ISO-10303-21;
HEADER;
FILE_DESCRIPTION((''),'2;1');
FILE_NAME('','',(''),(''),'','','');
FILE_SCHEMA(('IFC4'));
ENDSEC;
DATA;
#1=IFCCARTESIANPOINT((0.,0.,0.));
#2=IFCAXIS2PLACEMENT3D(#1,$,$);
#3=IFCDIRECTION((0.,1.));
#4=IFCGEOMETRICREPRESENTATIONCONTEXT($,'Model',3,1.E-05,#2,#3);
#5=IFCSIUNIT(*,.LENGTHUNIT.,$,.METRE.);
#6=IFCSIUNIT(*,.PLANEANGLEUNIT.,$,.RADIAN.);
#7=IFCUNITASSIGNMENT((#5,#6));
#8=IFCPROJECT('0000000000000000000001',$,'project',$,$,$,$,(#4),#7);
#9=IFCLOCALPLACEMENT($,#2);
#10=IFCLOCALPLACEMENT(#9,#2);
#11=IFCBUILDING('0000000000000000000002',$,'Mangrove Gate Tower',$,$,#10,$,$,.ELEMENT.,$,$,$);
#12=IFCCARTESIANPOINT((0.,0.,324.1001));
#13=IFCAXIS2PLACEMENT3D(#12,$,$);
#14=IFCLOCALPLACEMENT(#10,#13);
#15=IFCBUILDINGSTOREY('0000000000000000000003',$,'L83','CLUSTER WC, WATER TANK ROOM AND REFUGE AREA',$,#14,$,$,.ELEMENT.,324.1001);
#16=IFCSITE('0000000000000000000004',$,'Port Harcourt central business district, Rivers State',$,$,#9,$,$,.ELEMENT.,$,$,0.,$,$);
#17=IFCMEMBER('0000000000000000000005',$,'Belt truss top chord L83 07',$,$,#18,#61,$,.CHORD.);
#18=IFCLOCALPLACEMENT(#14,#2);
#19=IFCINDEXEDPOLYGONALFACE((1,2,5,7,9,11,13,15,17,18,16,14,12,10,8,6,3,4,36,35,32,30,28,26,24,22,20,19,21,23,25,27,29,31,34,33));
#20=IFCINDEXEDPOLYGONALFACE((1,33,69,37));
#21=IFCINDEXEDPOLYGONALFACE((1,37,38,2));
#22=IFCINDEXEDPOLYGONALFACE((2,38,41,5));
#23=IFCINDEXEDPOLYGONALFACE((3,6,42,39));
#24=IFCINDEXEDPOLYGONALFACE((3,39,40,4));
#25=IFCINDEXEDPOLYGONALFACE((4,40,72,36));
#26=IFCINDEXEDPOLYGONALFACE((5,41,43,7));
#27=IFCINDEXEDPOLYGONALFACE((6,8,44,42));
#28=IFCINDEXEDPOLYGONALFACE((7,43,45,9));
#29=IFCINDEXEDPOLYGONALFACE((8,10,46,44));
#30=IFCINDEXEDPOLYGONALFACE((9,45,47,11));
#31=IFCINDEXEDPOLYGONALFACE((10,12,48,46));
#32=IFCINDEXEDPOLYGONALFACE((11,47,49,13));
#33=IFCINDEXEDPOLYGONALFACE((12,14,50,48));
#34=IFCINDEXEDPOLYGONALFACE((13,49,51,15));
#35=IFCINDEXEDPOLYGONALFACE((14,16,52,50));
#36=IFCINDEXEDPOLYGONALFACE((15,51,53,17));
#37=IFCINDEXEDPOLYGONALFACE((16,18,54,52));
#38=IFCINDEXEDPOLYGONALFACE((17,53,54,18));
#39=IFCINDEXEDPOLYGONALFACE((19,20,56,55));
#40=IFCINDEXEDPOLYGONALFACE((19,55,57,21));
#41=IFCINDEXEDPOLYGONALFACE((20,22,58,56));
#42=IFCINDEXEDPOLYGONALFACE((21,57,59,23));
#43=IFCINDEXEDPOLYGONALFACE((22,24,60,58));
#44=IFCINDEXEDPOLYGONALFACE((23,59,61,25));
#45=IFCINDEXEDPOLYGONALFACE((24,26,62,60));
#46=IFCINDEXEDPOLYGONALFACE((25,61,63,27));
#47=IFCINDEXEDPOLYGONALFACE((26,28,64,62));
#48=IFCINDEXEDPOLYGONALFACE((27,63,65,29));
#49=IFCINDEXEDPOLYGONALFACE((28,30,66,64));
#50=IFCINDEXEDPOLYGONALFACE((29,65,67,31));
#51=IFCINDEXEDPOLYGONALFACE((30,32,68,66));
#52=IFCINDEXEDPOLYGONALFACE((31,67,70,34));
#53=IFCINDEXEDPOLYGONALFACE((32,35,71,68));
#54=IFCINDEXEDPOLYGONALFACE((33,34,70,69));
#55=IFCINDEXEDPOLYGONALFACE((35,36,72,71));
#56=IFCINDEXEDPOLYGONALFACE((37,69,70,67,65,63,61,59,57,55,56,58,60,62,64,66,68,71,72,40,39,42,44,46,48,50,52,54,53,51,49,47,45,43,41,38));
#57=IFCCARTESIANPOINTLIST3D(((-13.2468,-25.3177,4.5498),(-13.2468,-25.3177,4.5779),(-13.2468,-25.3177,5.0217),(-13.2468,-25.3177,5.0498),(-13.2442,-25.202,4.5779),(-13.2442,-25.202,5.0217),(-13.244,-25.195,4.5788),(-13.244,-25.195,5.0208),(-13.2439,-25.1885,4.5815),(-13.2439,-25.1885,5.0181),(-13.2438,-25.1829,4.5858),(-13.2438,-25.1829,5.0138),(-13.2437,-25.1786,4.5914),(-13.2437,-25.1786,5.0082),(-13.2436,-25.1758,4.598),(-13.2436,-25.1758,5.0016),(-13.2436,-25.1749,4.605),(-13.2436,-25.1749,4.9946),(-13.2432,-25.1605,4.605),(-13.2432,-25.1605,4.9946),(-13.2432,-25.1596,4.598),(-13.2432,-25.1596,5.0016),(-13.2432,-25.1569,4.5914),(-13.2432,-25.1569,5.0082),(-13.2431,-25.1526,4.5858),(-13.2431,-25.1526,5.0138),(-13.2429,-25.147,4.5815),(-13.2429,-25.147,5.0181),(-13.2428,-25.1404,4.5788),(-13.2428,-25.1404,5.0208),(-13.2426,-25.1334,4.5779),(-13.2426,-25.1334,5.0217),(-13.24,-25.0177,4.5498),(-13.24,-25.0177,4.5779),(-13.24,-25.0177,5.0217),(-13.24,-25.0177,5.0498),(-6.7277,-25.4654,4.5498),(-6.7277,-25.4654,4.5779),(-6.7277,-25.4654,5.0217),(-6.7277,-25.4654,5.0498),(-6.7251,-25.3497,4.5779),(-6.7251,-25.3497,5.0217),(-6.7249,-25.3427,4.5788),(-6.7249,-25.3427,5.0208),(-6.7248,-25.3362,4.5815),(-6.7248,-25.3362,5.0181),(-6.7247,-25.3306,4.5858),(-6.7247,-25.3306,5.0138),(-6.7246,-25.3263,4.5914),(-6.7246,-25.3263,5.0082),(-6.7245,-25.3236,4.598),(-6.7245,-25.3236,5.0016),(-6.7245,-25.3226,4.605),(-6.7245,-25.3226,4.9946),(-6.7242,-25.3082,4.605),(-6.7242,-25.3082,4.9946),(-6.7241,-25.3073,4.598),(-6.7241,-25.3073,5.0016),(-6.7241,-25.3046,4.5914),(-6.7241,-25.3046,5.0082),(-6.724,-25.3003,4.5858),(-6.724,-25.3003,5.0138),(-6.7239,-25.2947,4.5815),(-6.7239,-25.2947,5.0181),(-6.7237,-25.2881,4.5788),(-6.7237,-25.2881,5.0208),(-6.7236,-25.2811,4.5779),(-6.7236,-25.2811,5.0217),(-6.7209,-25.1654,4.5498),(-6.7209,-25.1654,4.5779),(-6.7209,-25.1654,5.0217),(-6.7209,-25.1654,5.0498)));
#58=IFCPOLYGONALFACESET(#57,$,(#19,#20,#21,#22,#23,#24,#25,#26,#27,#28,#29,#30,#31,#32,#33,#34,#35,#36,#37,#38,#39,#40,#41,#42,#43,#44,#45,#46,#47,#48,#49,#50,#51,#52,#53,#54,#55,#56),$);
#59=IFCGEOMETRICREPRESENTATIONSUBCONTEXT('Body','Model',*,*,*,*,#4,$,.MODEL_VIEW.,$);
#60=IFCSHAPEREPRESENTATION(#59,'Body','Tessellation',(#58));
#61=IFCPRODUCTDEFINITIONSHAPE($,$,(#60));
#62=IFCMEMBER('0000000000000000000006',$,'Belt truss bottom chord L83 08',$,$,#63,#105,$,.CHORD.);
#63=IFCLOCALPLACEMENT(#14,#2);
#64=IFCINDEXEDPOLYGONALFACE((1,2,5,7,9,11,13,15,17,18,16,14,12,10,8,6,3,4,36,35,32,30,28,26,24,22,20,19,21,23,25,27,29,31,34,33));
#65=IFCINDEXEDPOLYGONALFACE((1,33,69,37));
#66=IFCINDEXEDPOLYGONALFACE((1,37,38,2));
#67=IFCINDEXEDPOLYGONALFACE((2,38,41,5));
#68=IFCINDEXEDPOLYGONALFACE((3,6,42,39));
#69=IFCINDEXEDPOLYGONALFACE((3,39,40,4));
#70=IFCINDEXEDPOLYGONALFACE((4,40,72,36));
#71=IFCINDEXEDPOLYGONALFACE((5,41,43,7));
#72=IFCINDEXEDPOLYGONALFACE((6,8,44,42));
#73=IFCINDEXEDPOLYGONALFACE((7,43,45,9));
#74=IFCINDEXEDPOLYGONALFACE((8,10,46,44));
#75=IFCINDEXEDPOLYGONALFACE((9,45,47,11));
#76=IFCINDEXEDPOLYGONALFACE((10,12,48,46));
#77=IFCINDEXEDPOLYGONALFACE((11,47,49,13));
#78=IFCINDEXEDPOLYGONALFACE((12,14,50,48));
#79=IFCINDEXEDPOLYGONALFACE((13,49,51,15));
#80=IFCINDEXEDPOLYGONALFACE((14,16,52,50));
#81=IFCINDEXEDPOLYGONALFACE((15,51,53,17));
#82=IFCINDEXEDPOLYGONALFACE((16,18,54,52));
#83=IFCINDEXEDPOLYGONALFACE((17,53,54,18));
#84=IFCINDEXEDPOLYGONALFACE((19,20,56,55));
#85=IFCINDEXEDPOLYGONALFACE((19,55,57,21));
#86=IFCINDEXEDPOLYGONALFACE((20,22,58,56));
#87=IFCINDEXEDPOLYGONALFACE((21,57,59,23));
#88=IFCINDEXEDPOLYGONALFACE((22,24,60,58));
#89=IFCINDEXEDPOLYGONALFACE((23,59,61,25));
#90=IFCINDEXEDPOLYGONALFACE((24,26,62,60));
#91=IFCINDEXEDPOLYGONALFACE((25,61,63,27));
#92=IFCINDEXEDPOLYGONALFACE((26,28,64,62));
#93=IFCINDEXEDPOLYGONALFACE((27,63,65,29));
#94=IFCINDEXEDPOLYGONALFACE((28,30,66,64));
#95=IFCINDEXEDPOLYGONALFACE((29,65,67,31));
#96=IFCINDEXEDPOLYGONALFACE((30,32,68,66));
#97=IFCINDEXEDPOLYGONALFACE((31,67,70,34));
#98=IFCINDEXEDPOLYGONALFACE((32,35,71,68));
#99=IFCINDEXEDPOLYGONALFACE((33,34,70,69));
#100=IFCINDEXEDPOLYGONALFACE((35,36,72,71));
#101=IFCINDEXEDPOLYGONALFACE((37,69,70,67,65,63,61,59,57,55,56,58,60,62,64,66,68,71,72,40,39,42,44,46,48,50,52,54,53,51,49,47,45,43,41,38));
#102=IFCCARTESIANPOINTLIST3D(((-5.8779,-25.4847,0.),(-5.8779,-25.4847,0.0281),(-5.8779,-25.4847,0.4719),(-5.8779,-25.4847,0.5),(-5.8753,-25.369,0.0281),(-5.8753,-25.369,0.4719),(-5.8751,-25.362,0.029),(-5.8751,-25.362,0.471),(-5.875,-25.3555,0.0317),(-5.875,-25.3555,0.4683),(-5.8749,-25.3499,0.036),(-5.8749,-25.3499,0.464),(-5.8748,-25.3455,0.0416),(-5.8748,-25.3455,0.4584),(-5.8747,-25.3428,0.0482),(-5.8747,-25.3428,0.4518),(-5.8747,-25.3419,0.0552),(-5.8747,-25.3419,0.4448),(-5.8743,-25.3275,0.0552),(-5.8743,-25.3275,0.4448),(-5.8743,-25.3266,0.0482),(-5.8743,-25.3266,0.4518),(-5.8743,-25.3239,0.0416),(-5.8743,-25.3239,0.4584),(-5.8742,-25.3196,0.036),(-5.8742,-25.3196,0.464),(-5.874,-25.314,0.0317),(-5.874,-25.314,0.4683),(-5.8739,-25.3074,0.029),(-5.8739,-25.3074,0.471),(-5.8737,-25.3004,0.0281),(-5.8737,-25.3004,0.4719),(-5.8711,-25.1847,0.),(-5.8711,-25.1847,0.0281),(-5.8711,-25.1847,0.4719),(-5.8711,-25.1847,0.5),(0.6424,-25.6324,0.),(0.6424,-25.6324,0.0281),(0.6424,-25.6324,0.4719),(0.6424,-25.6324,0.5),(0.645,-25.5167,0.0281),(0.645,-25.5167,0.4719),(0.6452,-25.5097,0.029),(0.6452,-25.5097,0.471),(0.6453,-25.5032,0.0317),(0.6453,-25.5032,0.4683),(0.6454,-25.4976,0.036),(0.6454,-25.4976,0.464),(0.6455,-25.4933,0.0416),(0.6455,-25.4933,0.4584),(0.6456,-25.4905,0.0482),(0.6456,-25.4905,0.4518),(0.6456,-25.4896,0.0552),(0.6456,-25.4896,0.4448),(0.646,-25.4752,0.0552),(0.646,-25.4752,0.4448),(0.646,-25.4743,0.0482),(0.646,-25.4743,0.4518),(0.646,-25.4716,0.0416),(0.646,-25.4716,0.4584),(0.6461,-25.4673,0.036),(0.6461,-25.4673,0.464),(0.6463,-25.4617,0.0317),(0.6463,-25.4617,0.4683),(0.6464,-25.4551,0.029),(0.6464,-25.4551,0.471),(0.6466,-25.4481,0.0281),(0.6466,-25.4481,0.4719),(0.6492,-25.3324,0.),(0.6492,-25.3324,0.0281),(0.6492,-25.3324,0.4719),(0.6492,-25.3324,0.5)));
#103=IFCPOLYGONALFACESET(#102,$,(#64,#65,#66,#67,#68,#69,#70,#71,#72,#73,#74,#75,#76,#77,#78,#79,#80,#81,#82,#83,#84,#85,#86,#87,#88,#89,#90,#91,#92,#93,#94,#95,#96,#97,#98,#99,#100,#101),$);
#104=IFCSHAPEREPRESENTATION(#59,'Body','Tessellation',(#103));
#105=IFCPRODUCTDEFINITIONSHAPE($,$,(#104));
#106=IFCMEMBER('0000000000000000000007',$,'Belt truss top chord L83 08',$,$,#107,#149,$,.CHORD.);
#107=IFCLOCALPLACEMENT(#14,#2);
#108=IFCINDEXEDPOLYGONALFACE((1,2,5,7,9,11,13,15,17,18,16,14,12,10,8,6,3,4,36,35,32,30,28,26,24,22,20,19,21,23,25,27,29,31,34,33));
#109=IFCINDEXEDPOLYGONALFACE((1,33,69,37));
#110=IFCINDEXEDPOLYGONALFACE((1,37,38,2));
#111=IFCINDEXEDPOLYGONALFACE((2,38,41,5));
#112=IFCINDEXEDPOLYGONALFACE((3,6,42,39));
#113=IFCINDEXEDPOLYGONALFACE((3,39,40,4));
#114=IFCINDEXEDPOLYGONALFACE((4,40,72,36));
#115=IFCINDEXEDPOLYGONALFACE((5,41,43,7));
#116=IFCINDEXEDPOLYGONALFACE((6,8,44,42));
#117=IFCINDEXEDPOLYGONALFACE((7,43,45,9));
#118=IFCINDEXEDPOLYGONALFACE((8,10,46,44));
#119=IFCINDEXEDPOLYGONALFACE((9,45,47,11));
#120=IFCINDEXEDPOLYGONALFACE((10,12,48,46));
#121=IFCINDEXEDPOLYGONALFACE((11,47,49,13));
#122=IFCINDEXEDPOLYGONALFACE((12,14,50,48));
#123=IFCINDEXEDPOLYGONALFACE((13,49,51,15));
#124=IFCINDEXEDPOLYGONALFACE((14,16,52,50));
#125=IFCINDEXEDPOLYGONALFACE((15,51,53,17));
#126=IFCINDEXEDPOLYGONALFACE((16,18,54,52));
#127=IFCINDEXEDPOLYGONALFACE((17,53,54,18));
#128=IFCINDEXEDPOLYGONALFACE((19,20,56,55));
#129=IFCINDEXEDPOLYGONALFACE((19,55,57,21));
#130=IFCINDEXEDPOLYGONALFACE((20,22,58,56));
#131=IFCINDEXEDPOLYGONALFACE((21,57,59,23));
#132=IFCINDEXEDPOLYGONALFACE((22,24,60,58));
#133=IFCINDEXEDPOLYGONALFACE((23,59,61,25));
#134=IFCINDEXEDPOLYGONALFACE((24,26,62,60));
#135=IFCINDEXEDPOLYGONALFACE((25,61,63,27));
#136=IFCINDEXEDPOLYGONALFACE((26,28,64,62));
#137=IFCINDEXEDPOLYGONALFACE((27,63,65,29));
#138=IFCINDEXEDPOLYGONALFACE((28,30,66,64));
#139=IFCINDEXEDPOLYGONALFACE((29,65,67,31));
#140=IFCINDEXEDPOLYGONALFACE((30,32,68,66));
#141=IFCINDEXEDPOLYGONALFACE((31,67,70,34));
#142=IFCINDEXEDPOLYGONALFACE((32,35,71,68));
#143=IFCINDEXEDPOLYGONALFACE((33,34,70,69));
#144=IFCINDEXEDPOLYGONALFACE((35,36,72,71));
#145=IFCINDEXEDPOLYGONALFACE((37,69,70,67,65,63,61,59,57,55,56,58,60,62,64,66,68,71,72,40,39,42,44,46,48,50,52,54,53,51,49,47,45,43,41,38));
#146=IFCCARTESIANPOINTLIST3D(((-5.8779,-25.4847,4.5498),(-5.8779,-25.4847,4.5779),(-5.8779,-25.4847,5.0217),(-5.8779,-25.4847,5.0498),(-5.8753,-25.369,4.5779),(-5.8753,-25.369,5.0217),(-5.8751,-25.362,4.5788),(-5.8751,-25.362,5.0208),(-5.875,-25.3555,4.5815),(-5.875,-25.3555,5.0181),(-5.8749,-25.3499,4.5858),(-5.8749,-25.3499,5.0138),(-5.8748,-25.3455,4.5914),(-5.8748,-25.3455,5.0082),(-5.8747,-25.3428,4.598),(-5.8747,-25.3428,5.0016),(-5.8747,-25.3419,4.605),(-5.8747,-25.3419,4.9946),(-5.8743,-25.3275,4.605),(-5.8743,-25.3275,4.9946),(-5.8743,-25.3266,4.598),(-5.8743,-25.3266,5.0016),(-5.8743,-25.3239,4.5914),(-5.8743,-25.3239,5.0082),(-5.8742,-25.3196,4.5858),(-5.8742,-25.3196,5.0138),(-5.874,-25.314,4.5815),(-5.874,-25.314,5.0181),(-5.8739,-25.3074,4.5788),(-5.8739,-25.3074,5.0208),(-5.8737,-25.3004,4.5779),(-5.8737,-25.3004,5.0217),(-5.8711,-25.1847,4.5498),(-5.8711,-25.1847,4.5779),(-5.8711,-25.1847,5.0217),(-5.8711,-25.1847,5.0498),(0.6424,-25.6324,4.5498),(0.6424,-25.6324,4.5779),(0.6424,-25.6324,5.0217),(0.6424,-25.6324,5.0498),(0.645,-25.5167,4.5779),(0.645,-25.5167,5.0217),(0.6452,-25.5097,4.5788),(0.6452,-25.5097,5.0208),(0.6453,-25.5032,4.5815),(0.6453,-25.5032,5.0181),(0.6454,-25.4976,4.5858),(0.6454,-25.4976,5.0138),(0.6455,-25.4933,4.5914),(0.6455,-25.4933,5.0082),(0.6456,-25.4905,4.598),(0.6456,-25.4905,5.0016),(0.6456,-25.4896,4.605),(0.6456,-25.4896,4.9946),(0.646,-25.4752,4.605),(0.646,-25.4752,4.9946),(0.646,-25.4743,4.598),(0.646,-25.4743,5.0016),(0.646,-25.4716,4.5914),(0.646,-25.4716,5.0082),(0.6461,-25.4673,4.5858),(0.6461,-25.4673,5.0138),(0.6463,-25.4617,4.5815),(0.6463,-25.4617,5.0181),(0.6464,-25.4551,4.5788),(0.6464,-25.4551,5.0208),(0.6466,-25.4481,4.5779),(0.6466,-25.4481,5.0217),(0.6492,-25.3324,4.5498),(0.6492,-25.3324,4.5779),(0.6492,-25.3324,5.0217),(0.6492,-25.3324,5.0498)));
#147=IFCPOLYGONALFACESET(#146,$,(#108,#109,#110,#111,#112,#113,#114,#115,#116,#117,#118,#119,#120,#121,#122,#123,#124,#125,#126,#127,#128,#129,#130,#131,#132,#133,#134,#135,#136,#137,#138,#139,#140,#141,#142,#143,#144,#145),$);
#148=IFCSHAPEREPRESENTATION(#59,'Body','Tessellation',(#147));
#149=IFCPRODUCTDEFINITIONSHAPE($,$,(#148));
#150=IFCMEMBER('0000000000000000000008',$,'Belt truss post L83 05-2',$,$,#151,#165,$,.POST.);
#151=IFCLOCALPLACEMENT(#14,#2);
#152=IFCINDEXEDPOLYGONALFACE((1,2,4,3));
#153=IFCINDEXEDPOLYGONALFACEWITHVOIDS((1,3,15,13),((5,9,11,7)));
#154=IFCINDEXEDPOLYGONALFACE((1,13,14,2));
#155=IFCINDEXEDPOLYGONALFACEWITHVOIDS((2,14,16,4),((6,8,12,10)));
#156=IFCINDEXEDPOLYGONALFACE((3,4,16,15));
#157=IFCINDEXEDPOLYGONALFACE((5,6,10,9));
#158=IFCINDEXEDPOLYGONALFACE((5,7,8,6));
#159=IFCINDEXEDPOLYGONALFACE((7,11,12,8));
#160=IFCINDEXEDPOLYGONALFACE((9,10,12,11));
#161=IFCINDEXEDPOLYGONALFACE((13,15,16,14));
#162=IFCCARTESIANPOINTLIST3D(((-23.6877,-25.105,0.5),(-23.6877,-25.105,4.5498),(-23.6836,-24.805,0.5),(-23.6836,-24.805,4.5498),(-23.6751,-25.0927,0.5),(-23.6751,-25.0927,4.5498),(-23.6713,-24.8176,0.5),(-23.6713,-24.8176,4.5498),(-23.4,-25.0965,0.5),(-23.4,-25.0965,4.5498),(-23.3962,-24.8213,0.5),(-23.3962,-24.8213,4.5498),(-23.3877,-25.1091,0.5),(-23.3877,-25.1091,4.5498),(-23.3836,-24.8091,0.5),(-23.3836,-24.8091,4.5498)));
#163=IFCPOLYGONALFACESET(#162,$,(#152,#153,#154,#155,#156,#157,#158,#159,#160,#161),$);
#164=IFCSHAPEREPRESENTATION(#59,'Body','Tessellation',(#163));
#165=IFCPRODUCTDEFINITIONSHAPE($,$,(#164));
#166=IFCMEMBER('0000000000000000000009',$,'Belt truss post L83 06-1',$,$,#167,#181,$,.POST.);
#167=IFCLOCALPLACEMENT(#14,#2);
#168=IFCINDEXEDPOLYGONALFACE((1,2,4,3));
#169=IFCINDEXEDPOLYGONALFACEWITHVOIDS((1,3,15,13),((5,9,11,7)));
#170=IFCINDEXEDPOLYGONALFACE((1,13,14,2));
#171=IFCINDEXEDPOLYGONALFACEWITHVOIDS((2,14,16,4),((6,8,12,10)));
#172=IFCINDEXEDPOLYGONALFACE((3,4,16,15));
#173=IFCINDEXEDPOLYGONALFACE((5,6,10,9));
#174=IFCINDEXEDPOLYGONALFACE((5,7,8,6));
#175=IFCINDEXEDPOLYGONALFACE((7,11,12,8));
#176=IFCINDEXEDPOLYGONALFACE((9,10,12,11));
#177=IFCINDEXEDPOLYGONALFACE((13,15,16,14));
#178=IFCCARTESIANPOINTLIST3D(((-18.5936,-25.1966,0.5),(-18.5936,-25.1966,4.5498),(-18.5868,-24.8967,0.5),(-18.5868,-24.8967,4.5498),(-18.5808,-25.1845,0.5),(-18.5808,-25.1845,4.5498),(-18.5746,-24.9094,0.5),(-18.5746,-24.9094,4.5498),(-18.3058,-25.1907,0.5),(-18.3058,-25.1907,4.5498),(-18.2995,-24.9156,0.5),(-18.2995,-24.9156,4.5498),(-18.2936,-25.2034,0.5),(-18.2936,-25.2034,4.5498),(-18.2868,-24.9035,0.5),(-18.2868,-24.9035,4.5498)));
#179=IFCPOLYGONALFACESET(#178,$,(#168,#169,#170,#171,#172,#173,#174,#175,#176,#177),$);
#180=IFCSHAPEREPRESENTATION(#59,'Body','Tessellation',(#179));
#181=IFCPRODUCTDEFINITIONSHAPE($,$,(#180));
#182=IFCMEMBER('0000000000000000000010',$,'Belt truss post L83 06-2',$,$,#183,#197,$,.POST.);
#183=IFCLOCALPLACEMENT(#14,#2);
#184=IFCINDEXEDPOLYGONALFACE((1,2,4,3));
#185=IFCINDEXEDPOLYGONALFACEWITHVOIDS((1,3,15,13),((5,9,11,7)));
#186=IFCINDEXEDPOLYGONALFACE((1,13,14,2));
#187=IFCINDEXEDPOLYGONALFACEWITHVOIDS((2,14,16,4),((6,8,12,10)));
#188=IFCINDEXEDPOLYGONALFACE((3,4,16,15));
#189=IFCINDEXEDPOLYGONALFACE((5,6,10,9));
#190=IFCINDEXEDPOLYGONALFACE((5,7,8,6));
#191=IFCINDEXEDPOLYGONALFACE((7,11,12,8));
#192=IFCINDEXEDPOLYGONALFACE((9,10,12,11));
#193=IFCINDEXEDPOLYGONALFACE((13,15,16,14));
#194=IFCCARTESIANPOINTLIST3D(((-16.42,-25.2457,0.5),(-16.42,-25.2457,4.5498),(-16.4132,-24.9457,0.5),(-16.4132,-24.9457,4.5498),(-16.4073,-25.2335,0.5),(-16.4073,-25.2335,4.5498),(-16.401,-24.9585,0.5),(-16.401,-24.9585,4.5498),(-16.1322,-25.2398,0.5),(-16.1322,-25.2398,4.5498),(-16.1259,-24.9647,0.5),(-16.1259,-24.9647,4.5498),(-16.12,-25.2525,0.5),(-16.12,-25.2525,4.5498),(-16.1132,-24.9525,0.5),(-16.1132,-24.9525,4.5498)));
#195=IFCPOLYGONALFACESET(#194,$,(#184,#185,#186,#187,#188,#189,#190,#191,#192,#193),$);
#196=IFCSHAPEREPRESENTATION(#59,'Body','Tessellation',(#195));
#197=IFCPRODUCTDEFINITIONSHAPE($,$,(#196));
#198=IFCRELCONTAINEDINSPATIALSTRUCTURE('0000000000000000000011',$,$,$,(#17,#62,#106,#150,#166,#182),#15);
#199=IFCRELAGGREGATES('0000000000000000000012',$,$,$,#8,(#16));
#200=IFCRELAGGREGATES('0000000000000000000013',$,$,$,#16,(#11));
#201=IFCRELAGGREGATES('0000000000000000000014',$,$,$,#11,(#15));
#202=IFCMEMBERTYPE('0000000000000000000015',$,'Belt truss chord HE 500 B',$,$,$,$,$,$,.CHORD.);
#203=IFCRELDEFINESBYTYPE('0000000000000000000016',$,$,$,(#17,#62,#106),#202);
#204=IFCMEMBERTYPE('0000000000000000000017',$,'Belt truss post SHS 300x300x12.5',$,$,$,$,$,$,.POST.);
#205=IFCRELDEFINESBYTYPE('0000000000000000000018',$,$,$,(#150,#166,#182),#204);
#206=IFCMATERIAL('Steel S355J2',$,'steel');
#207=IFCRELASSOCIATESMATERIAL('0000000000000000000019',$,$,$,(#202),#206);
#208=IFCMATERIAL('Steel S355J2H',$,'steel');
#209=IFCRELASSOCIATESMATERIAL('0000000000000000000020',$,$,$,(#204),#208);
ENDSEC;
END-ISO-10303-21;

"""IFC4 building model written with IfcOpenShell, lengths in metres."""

from ifc_helpers import new_model, si_unit, direction, frame, origin, origin_2d, place, context, subcontext, project, spatial, hollow_rectangle, i_section, extrude, material, material_profile, profile_set, type_object, element, save


model = new_model("IFC4")

# Units and contexts
model_context = context("Model", 3, precision=1e-05, world=origin(), true_north=direction((0.0, 1.0)))
body_context = subcontext(model_context, "Body", "Model", "MODEL_VIEW")
ifc_project = project(units=[si_unit("LENGTHUNIT", "METRE"), si_unit("PLANEANGLEUNIT", "RADIAN")], contexts=[model_context])

# Site, building, storey
site_placement = place(None, origin())
site = spatial("IfcSite", under=ifc_project, at=site_placement, Name="Port Harcourt central business district, Rivers State", CompositionType="ELEMENT", RefElevation=0.0)
building_placement = place(site_placement, origin())
building = spatial("IfcBuilding", under=site, at=building_placement, Name="Mangrove Gate Tower", CompositionType="ELEMENT")
storey_placement = place(building_placement, frame((0.0, 0.0, 324.1001)))
storey = spatial("IfcBuildingStorey", under=building, at=storey_placement, Name="L83", Description="CLUSTER WC, WATER TANK ROOM AND REFUGE AREA", CompositionType="ELEMENT", Elevation=324.1001)

# Members
ifc_material_1 = material(Name="Steel S355J2", Category="steel")
ifc_material_profile_1 = material_profile(ifc_material_1, i_section(OverallWidth=0.3, OverallDepth=0.5, WebThickness=0.0144, FlangeThickness=0.0281, FilletRadius=0.0271, at=origin_2d()))
ifc_profile_set_1 = profile_set([ifc_material_profile_1], Name="Steel S355J2")
member_type_1 = type_object("IfcMemberType", Name="Belt truss chord HE 500 B", PredefinedType="CHORD", material=ifc_profile_set_1)
for number, where, z_axis, x_axis, name in (
    (1, (-13.2434, -25.1677, 4.7998), (0.999743, -0.022652, 0.0), (0.022652, 0.999743, 0.0), "Belt truss top chord L83 07"),
):
    element("IfcMember", number, at=place(storey_placement, frame(where, z_axis=z_axis, x_axis=x_axis)), inside=storey, type_object=member_type_1, Name=name, PredefinedType="CHORD", context=body_context, shape_type="SweptSolid", body=[
        extrude(i_section(OverallWidth=0.3, OverallDepth=0.5, WebThickness=0.0144, FlangeThickness=0.0281, FilletRadius=0.0271, at=origin_2d()), origin(), (0.0, 0.0, 1.0), 6.5208),
    ])
for number, where, z_axis, x_axis, name in (
    (2, (-5.8745, -25.3347, 0.25), (0.999744, -0.022647, 0.0), (0.022647, 0.999744, 0.0), "Belt truss bottom chord L83 08"),
    (3, (-5.8745, -25.3347, 4.7998), (0.999744, -0.022647, 0.0), (0.022647, 0.999744, 0.0), "Belt truss top chord L83 08"),
):
    element("IfcMember", number, at=place(storey_placement, frame(where, z_axis=z_axis, x_axis=x_axis)), inside=storey, type_object=member_type_1, Name=name, PredefinedType="CHORD", context=body_context, shape_type="SweptSolid", body=[
        extrude(i_section(OverallWidth=0.3, OverallDepth=0.5, WebThickness=0.0144, FlangeThickness=0.0281, FilletRadius=0.0271, at=origin_2d()), origin(), (0.0, 0.0, 1.0), 6.522),
    ])
ifc_material_2 = material(Name="Steel S355J2H", Category="steel")
ifc_material_profile_2 = material_profile(ifc_material_2, hollow_rectangle(XDim=0.3, YDim=0.3, WallThickness=0.0125, at=origin_2d()))
ifc_profile_set_2 = profile_set([ifc_material_profile_2], Name="Steel S355J2H")
member_type_2 = type_object("IfcMemberType", Name="Belt truss post SHS 300x300x12.5", PredefinedType="POST", material=ifc_profile_set_2)
for number, where, z_axis, x_axis, name in (
    (4, (-23.5356, -24.957, 0.5), (0.0, 0.0, 1.0), (0.999907, -0.013639, 0.0), "Belt truss post L83 05-2"),
    (5, (-18.4402, -25.05, 0.5), (0.0, 0.0, 1.0), (0.999743, -0.022654, 0.0), "Belt truss post L83 06-1"),
    (6, (-16.2666, -25.0991, 0.5), (0.0, 0.0, 1.0), (0.999743, -0.022654, 0.0), "Belt truss post L83 06-2"),
):
    element("IfcMember", number, at=place(storey_placement, frame(where, z_axis=z_axis, x_axis=x_axis)), inside=storey, type_object=member_type_2, Name=name, PredefinedType="POST", context=body_context, shape_type="SweptSolid", body=[
        extrude(hollow_rectangle(XDim=0.3, YDim=0.3, WallThickness=0.0125, at=origin_2d()), origin(), (0.0, 0.0, 1.0), 4.0498),
    ])

save(model, "model.ifc")
